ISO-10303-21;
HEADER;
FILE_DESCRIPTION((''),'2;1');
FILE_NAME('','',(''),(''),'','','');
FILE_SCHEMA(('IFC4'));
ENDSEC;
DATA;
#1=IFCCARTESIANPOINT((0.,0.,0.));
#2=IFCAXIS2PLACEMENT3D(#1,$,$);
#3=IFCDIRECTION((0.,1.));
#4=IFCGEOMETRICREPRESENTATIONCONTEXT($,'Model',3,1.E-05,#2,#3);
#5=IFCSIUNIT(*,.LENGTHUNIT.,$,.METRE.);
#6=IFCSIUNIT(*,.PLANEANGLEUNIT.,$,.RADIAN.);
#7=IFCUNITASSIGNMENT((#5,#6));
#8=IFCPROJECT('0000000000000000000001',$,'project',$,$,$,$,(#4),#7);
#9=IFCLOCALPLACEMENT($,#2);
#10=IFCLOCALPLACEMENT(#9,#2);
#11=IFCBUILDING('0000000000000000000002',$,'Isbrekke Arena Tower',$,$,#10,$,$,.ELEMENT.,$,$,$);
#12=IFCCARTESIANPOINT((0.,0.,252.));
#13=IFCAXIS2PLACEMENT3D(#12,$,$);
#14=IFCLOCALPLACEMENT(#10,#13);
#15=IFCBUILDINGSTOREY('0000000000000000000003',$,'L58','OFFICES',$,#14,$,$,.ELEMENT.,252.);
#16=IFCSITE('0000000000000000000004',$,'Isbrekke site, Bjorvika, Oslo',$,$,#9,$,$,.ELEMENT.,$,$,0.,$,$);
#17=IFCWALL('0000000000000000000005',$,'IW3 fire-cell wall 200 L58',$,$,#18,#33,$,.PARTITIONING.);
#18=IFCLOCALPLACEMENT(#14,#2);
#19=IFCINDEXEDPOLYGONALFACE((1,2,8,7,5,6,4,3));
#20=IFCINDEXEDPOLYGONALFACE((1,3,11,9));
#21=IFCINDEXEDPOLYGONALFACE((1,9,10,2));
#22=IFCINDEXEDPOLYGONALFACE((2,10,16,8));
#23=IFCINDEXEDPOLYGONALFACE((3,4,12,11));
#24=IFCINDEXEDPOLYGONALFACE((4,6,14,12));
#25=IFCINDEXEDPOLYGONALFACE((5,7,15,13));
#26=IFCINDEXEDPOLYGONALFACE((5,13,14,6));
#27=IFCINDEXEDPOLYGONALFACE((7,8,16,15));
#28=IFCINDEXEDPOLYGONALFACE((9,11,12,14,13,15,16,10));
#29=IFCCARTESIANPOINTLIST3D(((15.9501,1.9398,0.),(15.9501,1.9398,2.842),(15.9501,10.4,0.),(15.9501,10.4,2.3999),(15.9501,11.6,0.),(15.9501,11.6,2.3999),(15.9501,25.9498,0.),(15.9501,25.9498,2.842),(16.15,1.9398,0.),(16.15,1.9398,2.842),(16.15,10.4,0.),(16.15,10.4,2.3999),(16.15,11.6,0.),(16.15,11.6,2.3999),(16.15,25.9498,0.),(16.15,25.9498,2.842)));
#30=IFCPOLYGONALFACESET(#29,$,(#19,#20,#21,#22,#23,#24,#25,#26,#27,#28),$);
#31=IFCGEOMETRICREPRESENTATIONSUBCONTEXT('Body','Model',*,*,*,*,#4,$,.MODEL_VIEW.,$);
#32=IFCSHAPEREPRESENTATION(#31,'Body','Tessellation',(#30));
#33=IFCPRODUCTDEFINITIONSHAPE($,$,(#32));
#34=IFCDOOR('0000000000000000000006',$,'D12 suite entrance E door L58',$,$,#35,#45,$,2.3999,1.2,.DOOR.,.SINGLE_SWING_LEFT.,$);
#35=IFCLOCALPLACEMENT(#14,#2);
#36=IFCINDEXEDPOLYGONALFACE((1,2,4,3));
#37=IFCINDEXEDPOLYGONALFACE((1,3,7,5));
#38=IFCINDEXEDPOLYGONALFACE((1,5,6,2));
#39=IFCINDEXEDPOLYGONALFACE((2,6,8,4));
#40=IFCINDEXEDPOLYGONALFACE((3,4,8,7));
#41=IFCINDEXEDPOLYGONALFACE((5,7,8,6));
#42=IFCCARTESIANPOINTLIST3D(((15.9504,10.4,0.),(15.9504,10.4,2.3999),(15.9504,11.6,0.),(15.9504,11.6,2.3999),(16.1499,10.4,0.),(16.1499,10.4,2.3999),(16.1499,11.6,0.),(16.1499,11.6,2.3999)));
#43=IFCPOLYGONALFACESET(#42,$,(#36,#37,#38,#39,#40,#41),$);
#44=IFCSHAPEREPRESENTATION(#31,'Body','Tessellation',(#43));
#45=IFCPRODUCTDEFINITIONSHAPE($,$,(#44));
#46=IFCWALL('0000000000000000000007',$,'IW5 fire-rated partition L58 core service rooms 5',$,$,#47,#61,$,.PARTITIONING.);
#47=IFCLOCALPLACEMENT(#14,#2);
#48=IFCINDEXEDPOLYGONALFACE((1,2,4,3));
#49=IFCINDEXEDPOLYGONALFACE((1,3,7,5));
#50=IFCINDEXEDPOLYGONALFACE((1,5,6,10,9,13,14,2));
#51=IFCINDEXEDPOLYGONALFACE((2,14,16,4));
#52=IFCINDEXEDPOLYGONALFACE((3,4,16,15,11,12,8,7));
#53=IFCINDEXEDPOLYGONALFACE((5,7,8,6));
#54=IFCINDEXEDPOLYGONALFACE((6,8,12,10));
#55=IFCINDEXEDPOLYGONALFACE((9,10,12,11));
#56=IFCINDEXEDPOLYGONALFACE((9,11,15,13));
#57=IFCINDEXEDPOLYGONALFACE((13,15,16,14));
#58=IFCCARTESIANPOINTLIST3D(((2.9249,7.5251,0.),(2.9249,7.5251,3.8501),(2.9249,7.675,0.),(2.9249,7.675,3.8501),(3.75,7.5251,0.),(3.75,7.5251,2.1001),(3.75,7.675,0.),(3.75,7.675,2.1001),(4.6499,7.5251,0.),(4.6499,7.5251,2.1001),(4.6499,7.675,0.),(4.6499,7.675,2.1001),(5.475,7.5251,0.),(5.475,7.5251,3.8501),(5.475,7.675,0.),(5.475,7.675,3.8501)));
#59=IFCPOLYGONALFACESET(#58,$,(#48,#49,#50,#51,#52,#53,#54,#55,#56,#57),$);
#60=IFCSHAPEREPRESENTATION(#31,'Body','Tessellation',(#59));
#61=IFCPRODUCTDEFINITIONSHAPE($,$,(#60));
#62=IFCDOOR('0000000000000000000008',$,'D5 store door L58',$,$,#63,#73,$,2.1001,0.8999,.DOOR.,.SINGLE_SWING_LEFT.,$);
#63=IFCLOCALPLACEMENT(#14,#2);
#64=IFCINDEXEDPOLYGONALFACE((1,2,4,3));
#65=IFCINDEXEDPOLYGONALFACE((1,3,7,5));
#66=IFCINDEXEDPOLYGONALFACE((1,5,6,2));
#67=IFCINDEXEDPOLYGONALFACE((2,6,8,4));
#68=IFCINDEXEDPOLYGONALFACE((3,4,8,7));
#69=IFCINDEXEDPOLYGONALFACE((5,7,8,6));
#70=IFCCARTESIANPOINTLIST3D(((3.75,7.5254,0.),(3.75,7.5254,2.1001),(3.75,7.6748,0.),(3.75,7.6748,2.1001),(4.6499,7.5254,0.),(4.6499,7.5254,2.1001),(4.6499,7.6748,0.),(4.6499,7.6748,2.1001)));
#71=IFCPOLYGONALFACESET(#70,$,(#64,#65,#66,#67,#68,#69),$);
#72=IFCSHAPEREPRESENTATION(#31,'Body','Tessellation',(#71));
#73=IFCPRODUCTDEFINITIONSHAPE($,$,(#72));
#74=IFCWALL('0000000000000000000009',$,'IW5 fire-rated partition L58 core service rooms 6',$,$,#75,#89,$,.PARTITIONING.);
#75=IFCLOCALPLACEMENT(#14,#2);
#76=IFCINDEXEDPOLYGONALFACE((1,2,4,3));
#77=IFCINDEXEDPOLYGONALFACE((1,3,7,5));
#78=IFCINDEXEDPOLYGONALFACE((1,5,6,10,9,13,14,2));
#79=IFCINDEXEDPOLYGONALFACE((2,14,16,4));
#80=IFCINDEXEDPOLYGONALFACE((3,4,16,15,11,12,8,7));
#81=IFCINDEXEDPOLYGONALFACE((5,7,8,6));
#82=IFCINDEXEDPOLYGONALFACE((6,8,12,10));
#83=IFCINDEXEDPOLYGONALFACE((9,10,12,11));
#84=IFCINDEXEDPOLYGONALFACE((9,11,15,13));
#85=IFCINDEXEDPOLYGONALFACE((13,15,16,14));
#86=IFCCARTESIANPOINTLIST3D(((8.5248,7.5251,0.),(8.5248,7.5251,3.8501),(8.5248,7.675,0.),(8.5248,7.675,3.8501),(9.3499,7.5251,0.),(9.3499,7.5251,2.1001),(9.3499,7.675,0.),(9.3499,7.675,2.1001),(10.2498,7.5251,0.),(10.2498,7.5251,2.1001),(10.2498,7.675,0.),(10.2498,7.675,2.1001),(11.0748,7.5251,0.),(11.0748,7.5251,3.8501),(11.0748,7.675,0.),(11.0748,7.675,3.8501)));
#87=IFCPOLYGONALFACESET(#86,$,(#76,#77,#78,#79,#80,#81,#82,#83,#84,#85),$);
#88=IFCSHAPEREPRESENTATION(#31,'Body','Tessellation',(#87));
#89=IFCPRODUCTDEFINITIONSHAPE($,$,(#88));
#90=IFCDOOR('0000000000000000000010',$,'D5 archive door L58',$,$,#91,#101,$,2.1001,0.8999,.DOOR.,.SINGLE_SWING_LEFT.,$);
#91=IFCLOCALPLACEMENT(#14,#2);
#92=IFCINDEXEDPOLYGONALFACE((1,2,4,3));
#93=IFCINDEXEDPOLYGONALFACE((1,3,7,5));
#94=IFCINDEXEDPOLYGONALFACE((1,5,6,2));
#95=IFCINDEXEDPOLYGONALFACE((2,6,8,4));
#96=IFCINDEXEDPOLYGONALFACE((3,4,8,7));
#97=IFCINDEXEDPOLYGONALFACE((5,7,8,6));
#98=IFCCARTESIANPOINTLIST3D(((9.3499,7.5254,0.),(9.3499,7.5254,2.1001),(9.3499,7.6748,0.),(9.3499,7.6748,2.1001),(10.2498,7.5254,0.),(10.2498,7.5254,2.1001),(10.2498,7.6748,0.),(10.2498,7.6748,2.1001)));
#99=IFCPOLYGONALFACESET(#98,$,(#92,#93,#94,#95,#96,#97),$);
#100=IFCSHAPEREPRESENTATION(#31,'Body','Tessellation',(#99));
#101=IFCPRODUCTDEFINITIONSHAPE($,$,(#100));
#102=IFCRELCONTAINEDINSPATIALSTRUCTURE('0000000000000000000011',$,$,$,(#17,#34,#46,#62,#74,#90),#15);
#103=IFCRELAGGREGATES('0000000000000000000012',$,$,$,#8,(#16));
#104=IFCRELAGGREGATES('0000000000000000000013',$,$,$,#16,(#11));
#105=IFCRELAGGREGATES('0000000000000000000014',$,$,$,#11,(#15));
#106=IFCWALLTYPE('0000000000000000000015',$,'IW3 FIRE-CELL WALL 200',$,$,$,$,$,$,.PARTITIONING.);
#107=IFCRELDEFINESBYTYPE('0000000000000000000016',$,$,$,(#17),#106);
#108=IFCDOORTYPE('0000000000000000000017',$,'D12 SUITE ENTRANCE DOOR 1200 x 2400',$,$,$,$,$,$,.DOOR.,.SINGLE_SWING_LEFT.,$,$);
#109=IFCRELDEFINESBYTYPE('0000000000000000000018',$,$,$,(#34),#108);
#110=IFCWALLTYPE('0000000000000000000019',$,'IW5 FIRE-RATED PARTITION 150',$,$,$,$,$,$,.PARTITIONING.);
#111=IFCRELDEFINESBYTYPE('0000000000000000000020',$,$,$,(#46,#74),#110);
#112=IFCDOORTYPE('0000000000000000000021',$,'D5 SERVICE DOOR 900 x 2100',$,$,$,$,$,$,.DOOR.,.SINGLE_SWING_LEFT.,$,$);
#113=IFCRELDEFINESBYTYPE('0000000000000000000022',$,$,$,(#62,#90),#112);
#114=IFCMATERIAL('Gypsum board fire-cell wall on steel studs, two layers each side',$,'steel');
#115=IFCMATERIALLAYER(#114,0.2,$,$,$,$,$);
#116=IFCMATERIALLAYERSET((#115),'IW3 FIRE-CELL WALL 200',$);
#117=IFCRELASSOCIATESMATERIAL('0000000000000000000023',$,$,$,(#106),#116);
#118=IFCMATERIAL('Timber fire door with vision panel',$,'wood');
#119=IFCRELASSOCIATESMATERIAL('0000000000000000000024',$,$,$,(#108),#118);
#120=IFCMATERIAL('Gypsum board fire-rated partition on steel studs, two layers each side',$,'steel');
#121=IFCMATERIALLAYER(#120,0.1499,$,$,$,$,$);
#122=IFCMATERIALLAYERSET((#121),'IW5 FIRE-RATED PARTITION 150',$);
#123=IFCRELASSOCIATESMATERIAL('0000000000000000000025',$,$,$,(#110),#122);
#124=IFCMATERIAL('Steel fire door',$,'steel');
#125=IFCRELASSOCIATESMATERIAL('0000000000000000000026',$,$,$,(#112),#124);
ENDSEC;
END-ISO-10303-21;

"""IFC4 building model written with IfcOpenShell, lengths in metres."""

from ifc_helpers import new_model, si_unit, direction, frame, frame_2d, origin, place, context, subcontext, project, spatial, rectangle, extrude, material, layer, layer_set, type_object, element, fill, save


model = new_model("IFC4")

# Units and contexts
model_context = context("Model", 3, precision=1e-05, world=origin(), true_north=direction((0.0, 1.0)))
body_context = subcontext(model_context, "Body", "Model", "MODEL_VIEW")
ifc_project = project(units=[si_unit("LENGTHUNIT", "METRE"), si_unit("PLANEANGLEUNIT", "RADIAN")], contexts=[model_context])

# Site, building, storey
site_placement = place(None, origin())
site = spatial("IfcSite", under=ifc_project, at=site_placement, Name="Isbrekke site, Bjorvika, Oslo", CompositionType="ELEMENT", RefElevation=0.0)
building_placement = place(site_placement, origin())
building = spatial("IfcBuilding", under=site, at=building_placement, Name="Isbrekke Arena Tower", CompositionType="ELEMENT")
storey_placement = place(building_placement, frame((0.0, 0.0, 252.0)))
storey = spatial("IfcBuildingStorey", under=building, at=storey_placement, Name="L58", Description="OFFICES", CompositionType="ELEMENT", Elevation=252.0)

# Walls, openings, doors
ifc_material_1 = material(Name="Gypsum board fire-cell wall on steel studs, two layers each side", Category="steel")
ifc_layer_1 = layer(ifc_material_1, 0.2)
ifc_layer_set_1 = layer_set([ifc_layer_1], Name="IW3 FIRE-CELL WALL 200")
wall_type_1 = type_object("IfcWallType", Name="IW3 FIRE-CELL WALL 200", PredefinedType="PARTITIONING", material=ifc_layer_set_1)
wall_1_placement = place(storey_placement, frame((16.05, 1.9399, 0.0), z_axis=(0.0, 0.0, 1.0), x_axis=(0.0, 1.0, 0.0)))
wall_1 = element("IfcWall", 1, at=wall_1_placement, inside=storey, type_object=wall_type_1, Name="IW3 fire-cell wall 200 L58", PredefinedType="PARTITIONING", context=body_context, shape_type="SweptSolid", body=[
    extrude(rectangle(XDim=24.01, YDim=0.2, at=frame_2d((12.0049, 0.0))), origin(), (0.0, 0.0, 1.0), 2.842),
])
opening_1_placement = place(wall_1_placement, frame((8.46, 0.0, 0.0)))
opening_1 = element("IfcOpeningElement", 2, at=opening_1_placement, cuts=wall_1, PredefinedType="OPENING", context=body_context, shape_type="SweptSolid", body=[
    extrude(rectangle(XDim=1.2, YDim=2.3999, at=frame_2d((0.6001, 1.2))), frame((0.0, 0.1147, 0.0), z_axis=(0.0, -1.0, 0.0), x_axis=(1.0, 0.0, 0.0)), (0.0, 0.0, 1.0), 0.2297),
])
ifc_material_2 = material(Name="Timber fire door with vision panel", Category="wood")
door_type_1 = type_object("IfcDoorType", Name="D12 SUITE ENTRANCE DOOR 1200 x 2400", OperationType="SINGLE_SWING_LEFT", PredefinedType="DOOR", material=ifc_material_2)
door_1_placement = place(opening_1_placement, origin())
door_1 = element("IfcDoor", 3, at=door_1_placement, inside=storey, type_object=door_type_1, Name="D12 suite entrance E door L58", OperationType="SINGLE_SWING_LEFT", OverallHeight=2.3999, OverallWidth=1.2, PredefinedType="DOOR", context=body_context, shape_type="SweptSolid", body=[
    extrude(rectangle(XDim=1.2, YDim=2.3999, at=frame_2d((0.6001, 1.2))), frame((0.0, 0.0996, 0.0), z_axis=(0.0, -1.0, 0.0), x_axis=(1.0, 0.0, 0.0)), (0.0, 0.0, 1.0), 0.1995),
])
fill(opening_1, door_1)
ifc_material_3 = material(Name="Gypsum board fire-rated partition on steel studs, two layers each side", Category="steel")
ifc_layer_2 = layer(ifc_material_3, 0.1499)
ifc_layer_set_2 = layer_set([ifc_layer_2], Name="IW5 FIRE-RATED PARTITION 150")
wall_type_2 = type_object("IfcWallType", Name="IW5 FIRE-RATED PARTITION 150", PredefinedType="PARTITIONING", material=ifc_layer_set_2)
wall_2_placement = place(storey_placement, frame((2.925, 7.6001, 0.0), z_axis=(0.0, 0.0, 1.0), x_axis=(1.0, 0.0, 0.0)))
wall_2 = element("IfcWall", 4, at=wall_2_placement, inside=storey, type_object=wall_type_2, Name="IW5 fire-rated partition L58 core service rooms 5", PredefinedType="PARTITIONING", context=body_context, shape_type="SweptSolid", body=[
    extrude(rectangle(XDim=2.55, YDim=0.1499, at=frame_2d((1.2749, 0.0))), origin(), (0.0, 0.0, 1.0), 3.8501),
])
opening_2_placement = place(wall_2_placement, frame((0.825, 0.0, 0.0)))
opening_2 = element("IfcOpeningElement", 5, at=opening_2_placement, cuts=wall_2, PredefinedType="OPENING", context=body_context, shape_type="SweptSolid", body=[
    extrude(rectangle(XDim=0.8999, YDim=2.1001, at=frame_2d((0.45, 1.05))), frame((0.0, 0.0898, 0.0), z_axis=(0.0, -1.0, 0.0), x_axis=(1.0, 0.0, 0.0)), (0.0, 0.0, 1.0), 0.1797),
])
ifc_material_4 = material(Name="Steel fire door", Category="steel")
door_type_2 = type_object("IfcDoorType", Name="D5 SERVICE DOOR 900 x 2100", OperationType="SINGLE_SWING_LEFT", PredefinedType="DOOR", material=ifc_material_4)
door_2_placement = place(opening_2_placement, origin())
door_2 = element("IfcDoor", 6, at=door_2_placement, inside=storey, type_object=door_type_2, Name="D5 store door L58", OperationType="SINGLE_SWING_LEFT", OverallHeight=2.1001, OverallWidth=0.8999, PredefinedType="DOOR", context=body_context, shape_type="SweptSolid", body=[
    extrude(rectangle(XDim=0.8999, YDim=2.1001, at=frame_2d((0.45, 1.05))), frame((0.0, 0.0747, 0.0), z_axis=(0.0, -1.0, 0.0), x_axis=(1.0, 0.0, 0.0)), (0.0, 0.0, 1.0), 0.1494),
])
fill(opening_2, door_2)
wall_3_placement = place(storey_placement, frame((8.5249, 7.6001, 0.0), z_axis=(0.0, 0.0, 1.0), x_axis=(1.0, 0.0, 0.0)))
wall_3 = element("IfcWall", 7, at=wall_3_placement, inside=storey, type_object=wall_type_2, Name="IW5 fire-rated partition L58 core service rooms 6", PredefinedType="PARTITIONING", context=body_context, shape_type="SweptSolid", body=[
    extrude(rectangle(XDim=2.55, YDim=0.1499, at=frame_2d((1.2749, 0.0))), origin(), (0.0, 0.0, 1.0), 3.8501),
])
opening_3_placement = place(wall_3_placement, frame((0.825, 0.0, 0.0)))
opening_3 = element("IfcOpeningElement", 8, at=opening_3_placement, cuts=wall_3, PredefinedType="OPENING", context=body_context, shape_type="SweptSolid", body=[
    extrude(rectangle(XDim=0.8999, YDim=2.1001, at=frame_2d((0.45, 1.05))), frame((0.0, 0.0898, 0.0), z_axis=(0.0, -1.0, 0.0), x_axis=(1.0, 0.0, 0.0)), (0.0, 0.0, 1.0), 0.1797),
])
door_3_placement = place(opening_3_placement, origin())
door_3 = element("IfcDoor", 9, at=door_3_placement, inside=storey, type_object=door_type_2, Name="D5 archive door L58", OperationType="SINGLE_SWING_LEFT", OverallHeight=2.1001, OverallWidth=0.8999, PredefinedType="DOOR", context=body_context, shape_type="SweptSolid", body=[
    extrude(rectangle(XDim=0.8999, YDim=2.1001, at=frame_2d((0.45, 1.05))), frame((0.0, 0.0747, 0.0), z_axis=(0.0, -1.0, 0.0), x_axis=(1.0, 0.0, 0.0)), (0.0, 0.0, 1.0), 0.1494),
])
fill(opening_3, door_3)

save(model, "model.ifc")
